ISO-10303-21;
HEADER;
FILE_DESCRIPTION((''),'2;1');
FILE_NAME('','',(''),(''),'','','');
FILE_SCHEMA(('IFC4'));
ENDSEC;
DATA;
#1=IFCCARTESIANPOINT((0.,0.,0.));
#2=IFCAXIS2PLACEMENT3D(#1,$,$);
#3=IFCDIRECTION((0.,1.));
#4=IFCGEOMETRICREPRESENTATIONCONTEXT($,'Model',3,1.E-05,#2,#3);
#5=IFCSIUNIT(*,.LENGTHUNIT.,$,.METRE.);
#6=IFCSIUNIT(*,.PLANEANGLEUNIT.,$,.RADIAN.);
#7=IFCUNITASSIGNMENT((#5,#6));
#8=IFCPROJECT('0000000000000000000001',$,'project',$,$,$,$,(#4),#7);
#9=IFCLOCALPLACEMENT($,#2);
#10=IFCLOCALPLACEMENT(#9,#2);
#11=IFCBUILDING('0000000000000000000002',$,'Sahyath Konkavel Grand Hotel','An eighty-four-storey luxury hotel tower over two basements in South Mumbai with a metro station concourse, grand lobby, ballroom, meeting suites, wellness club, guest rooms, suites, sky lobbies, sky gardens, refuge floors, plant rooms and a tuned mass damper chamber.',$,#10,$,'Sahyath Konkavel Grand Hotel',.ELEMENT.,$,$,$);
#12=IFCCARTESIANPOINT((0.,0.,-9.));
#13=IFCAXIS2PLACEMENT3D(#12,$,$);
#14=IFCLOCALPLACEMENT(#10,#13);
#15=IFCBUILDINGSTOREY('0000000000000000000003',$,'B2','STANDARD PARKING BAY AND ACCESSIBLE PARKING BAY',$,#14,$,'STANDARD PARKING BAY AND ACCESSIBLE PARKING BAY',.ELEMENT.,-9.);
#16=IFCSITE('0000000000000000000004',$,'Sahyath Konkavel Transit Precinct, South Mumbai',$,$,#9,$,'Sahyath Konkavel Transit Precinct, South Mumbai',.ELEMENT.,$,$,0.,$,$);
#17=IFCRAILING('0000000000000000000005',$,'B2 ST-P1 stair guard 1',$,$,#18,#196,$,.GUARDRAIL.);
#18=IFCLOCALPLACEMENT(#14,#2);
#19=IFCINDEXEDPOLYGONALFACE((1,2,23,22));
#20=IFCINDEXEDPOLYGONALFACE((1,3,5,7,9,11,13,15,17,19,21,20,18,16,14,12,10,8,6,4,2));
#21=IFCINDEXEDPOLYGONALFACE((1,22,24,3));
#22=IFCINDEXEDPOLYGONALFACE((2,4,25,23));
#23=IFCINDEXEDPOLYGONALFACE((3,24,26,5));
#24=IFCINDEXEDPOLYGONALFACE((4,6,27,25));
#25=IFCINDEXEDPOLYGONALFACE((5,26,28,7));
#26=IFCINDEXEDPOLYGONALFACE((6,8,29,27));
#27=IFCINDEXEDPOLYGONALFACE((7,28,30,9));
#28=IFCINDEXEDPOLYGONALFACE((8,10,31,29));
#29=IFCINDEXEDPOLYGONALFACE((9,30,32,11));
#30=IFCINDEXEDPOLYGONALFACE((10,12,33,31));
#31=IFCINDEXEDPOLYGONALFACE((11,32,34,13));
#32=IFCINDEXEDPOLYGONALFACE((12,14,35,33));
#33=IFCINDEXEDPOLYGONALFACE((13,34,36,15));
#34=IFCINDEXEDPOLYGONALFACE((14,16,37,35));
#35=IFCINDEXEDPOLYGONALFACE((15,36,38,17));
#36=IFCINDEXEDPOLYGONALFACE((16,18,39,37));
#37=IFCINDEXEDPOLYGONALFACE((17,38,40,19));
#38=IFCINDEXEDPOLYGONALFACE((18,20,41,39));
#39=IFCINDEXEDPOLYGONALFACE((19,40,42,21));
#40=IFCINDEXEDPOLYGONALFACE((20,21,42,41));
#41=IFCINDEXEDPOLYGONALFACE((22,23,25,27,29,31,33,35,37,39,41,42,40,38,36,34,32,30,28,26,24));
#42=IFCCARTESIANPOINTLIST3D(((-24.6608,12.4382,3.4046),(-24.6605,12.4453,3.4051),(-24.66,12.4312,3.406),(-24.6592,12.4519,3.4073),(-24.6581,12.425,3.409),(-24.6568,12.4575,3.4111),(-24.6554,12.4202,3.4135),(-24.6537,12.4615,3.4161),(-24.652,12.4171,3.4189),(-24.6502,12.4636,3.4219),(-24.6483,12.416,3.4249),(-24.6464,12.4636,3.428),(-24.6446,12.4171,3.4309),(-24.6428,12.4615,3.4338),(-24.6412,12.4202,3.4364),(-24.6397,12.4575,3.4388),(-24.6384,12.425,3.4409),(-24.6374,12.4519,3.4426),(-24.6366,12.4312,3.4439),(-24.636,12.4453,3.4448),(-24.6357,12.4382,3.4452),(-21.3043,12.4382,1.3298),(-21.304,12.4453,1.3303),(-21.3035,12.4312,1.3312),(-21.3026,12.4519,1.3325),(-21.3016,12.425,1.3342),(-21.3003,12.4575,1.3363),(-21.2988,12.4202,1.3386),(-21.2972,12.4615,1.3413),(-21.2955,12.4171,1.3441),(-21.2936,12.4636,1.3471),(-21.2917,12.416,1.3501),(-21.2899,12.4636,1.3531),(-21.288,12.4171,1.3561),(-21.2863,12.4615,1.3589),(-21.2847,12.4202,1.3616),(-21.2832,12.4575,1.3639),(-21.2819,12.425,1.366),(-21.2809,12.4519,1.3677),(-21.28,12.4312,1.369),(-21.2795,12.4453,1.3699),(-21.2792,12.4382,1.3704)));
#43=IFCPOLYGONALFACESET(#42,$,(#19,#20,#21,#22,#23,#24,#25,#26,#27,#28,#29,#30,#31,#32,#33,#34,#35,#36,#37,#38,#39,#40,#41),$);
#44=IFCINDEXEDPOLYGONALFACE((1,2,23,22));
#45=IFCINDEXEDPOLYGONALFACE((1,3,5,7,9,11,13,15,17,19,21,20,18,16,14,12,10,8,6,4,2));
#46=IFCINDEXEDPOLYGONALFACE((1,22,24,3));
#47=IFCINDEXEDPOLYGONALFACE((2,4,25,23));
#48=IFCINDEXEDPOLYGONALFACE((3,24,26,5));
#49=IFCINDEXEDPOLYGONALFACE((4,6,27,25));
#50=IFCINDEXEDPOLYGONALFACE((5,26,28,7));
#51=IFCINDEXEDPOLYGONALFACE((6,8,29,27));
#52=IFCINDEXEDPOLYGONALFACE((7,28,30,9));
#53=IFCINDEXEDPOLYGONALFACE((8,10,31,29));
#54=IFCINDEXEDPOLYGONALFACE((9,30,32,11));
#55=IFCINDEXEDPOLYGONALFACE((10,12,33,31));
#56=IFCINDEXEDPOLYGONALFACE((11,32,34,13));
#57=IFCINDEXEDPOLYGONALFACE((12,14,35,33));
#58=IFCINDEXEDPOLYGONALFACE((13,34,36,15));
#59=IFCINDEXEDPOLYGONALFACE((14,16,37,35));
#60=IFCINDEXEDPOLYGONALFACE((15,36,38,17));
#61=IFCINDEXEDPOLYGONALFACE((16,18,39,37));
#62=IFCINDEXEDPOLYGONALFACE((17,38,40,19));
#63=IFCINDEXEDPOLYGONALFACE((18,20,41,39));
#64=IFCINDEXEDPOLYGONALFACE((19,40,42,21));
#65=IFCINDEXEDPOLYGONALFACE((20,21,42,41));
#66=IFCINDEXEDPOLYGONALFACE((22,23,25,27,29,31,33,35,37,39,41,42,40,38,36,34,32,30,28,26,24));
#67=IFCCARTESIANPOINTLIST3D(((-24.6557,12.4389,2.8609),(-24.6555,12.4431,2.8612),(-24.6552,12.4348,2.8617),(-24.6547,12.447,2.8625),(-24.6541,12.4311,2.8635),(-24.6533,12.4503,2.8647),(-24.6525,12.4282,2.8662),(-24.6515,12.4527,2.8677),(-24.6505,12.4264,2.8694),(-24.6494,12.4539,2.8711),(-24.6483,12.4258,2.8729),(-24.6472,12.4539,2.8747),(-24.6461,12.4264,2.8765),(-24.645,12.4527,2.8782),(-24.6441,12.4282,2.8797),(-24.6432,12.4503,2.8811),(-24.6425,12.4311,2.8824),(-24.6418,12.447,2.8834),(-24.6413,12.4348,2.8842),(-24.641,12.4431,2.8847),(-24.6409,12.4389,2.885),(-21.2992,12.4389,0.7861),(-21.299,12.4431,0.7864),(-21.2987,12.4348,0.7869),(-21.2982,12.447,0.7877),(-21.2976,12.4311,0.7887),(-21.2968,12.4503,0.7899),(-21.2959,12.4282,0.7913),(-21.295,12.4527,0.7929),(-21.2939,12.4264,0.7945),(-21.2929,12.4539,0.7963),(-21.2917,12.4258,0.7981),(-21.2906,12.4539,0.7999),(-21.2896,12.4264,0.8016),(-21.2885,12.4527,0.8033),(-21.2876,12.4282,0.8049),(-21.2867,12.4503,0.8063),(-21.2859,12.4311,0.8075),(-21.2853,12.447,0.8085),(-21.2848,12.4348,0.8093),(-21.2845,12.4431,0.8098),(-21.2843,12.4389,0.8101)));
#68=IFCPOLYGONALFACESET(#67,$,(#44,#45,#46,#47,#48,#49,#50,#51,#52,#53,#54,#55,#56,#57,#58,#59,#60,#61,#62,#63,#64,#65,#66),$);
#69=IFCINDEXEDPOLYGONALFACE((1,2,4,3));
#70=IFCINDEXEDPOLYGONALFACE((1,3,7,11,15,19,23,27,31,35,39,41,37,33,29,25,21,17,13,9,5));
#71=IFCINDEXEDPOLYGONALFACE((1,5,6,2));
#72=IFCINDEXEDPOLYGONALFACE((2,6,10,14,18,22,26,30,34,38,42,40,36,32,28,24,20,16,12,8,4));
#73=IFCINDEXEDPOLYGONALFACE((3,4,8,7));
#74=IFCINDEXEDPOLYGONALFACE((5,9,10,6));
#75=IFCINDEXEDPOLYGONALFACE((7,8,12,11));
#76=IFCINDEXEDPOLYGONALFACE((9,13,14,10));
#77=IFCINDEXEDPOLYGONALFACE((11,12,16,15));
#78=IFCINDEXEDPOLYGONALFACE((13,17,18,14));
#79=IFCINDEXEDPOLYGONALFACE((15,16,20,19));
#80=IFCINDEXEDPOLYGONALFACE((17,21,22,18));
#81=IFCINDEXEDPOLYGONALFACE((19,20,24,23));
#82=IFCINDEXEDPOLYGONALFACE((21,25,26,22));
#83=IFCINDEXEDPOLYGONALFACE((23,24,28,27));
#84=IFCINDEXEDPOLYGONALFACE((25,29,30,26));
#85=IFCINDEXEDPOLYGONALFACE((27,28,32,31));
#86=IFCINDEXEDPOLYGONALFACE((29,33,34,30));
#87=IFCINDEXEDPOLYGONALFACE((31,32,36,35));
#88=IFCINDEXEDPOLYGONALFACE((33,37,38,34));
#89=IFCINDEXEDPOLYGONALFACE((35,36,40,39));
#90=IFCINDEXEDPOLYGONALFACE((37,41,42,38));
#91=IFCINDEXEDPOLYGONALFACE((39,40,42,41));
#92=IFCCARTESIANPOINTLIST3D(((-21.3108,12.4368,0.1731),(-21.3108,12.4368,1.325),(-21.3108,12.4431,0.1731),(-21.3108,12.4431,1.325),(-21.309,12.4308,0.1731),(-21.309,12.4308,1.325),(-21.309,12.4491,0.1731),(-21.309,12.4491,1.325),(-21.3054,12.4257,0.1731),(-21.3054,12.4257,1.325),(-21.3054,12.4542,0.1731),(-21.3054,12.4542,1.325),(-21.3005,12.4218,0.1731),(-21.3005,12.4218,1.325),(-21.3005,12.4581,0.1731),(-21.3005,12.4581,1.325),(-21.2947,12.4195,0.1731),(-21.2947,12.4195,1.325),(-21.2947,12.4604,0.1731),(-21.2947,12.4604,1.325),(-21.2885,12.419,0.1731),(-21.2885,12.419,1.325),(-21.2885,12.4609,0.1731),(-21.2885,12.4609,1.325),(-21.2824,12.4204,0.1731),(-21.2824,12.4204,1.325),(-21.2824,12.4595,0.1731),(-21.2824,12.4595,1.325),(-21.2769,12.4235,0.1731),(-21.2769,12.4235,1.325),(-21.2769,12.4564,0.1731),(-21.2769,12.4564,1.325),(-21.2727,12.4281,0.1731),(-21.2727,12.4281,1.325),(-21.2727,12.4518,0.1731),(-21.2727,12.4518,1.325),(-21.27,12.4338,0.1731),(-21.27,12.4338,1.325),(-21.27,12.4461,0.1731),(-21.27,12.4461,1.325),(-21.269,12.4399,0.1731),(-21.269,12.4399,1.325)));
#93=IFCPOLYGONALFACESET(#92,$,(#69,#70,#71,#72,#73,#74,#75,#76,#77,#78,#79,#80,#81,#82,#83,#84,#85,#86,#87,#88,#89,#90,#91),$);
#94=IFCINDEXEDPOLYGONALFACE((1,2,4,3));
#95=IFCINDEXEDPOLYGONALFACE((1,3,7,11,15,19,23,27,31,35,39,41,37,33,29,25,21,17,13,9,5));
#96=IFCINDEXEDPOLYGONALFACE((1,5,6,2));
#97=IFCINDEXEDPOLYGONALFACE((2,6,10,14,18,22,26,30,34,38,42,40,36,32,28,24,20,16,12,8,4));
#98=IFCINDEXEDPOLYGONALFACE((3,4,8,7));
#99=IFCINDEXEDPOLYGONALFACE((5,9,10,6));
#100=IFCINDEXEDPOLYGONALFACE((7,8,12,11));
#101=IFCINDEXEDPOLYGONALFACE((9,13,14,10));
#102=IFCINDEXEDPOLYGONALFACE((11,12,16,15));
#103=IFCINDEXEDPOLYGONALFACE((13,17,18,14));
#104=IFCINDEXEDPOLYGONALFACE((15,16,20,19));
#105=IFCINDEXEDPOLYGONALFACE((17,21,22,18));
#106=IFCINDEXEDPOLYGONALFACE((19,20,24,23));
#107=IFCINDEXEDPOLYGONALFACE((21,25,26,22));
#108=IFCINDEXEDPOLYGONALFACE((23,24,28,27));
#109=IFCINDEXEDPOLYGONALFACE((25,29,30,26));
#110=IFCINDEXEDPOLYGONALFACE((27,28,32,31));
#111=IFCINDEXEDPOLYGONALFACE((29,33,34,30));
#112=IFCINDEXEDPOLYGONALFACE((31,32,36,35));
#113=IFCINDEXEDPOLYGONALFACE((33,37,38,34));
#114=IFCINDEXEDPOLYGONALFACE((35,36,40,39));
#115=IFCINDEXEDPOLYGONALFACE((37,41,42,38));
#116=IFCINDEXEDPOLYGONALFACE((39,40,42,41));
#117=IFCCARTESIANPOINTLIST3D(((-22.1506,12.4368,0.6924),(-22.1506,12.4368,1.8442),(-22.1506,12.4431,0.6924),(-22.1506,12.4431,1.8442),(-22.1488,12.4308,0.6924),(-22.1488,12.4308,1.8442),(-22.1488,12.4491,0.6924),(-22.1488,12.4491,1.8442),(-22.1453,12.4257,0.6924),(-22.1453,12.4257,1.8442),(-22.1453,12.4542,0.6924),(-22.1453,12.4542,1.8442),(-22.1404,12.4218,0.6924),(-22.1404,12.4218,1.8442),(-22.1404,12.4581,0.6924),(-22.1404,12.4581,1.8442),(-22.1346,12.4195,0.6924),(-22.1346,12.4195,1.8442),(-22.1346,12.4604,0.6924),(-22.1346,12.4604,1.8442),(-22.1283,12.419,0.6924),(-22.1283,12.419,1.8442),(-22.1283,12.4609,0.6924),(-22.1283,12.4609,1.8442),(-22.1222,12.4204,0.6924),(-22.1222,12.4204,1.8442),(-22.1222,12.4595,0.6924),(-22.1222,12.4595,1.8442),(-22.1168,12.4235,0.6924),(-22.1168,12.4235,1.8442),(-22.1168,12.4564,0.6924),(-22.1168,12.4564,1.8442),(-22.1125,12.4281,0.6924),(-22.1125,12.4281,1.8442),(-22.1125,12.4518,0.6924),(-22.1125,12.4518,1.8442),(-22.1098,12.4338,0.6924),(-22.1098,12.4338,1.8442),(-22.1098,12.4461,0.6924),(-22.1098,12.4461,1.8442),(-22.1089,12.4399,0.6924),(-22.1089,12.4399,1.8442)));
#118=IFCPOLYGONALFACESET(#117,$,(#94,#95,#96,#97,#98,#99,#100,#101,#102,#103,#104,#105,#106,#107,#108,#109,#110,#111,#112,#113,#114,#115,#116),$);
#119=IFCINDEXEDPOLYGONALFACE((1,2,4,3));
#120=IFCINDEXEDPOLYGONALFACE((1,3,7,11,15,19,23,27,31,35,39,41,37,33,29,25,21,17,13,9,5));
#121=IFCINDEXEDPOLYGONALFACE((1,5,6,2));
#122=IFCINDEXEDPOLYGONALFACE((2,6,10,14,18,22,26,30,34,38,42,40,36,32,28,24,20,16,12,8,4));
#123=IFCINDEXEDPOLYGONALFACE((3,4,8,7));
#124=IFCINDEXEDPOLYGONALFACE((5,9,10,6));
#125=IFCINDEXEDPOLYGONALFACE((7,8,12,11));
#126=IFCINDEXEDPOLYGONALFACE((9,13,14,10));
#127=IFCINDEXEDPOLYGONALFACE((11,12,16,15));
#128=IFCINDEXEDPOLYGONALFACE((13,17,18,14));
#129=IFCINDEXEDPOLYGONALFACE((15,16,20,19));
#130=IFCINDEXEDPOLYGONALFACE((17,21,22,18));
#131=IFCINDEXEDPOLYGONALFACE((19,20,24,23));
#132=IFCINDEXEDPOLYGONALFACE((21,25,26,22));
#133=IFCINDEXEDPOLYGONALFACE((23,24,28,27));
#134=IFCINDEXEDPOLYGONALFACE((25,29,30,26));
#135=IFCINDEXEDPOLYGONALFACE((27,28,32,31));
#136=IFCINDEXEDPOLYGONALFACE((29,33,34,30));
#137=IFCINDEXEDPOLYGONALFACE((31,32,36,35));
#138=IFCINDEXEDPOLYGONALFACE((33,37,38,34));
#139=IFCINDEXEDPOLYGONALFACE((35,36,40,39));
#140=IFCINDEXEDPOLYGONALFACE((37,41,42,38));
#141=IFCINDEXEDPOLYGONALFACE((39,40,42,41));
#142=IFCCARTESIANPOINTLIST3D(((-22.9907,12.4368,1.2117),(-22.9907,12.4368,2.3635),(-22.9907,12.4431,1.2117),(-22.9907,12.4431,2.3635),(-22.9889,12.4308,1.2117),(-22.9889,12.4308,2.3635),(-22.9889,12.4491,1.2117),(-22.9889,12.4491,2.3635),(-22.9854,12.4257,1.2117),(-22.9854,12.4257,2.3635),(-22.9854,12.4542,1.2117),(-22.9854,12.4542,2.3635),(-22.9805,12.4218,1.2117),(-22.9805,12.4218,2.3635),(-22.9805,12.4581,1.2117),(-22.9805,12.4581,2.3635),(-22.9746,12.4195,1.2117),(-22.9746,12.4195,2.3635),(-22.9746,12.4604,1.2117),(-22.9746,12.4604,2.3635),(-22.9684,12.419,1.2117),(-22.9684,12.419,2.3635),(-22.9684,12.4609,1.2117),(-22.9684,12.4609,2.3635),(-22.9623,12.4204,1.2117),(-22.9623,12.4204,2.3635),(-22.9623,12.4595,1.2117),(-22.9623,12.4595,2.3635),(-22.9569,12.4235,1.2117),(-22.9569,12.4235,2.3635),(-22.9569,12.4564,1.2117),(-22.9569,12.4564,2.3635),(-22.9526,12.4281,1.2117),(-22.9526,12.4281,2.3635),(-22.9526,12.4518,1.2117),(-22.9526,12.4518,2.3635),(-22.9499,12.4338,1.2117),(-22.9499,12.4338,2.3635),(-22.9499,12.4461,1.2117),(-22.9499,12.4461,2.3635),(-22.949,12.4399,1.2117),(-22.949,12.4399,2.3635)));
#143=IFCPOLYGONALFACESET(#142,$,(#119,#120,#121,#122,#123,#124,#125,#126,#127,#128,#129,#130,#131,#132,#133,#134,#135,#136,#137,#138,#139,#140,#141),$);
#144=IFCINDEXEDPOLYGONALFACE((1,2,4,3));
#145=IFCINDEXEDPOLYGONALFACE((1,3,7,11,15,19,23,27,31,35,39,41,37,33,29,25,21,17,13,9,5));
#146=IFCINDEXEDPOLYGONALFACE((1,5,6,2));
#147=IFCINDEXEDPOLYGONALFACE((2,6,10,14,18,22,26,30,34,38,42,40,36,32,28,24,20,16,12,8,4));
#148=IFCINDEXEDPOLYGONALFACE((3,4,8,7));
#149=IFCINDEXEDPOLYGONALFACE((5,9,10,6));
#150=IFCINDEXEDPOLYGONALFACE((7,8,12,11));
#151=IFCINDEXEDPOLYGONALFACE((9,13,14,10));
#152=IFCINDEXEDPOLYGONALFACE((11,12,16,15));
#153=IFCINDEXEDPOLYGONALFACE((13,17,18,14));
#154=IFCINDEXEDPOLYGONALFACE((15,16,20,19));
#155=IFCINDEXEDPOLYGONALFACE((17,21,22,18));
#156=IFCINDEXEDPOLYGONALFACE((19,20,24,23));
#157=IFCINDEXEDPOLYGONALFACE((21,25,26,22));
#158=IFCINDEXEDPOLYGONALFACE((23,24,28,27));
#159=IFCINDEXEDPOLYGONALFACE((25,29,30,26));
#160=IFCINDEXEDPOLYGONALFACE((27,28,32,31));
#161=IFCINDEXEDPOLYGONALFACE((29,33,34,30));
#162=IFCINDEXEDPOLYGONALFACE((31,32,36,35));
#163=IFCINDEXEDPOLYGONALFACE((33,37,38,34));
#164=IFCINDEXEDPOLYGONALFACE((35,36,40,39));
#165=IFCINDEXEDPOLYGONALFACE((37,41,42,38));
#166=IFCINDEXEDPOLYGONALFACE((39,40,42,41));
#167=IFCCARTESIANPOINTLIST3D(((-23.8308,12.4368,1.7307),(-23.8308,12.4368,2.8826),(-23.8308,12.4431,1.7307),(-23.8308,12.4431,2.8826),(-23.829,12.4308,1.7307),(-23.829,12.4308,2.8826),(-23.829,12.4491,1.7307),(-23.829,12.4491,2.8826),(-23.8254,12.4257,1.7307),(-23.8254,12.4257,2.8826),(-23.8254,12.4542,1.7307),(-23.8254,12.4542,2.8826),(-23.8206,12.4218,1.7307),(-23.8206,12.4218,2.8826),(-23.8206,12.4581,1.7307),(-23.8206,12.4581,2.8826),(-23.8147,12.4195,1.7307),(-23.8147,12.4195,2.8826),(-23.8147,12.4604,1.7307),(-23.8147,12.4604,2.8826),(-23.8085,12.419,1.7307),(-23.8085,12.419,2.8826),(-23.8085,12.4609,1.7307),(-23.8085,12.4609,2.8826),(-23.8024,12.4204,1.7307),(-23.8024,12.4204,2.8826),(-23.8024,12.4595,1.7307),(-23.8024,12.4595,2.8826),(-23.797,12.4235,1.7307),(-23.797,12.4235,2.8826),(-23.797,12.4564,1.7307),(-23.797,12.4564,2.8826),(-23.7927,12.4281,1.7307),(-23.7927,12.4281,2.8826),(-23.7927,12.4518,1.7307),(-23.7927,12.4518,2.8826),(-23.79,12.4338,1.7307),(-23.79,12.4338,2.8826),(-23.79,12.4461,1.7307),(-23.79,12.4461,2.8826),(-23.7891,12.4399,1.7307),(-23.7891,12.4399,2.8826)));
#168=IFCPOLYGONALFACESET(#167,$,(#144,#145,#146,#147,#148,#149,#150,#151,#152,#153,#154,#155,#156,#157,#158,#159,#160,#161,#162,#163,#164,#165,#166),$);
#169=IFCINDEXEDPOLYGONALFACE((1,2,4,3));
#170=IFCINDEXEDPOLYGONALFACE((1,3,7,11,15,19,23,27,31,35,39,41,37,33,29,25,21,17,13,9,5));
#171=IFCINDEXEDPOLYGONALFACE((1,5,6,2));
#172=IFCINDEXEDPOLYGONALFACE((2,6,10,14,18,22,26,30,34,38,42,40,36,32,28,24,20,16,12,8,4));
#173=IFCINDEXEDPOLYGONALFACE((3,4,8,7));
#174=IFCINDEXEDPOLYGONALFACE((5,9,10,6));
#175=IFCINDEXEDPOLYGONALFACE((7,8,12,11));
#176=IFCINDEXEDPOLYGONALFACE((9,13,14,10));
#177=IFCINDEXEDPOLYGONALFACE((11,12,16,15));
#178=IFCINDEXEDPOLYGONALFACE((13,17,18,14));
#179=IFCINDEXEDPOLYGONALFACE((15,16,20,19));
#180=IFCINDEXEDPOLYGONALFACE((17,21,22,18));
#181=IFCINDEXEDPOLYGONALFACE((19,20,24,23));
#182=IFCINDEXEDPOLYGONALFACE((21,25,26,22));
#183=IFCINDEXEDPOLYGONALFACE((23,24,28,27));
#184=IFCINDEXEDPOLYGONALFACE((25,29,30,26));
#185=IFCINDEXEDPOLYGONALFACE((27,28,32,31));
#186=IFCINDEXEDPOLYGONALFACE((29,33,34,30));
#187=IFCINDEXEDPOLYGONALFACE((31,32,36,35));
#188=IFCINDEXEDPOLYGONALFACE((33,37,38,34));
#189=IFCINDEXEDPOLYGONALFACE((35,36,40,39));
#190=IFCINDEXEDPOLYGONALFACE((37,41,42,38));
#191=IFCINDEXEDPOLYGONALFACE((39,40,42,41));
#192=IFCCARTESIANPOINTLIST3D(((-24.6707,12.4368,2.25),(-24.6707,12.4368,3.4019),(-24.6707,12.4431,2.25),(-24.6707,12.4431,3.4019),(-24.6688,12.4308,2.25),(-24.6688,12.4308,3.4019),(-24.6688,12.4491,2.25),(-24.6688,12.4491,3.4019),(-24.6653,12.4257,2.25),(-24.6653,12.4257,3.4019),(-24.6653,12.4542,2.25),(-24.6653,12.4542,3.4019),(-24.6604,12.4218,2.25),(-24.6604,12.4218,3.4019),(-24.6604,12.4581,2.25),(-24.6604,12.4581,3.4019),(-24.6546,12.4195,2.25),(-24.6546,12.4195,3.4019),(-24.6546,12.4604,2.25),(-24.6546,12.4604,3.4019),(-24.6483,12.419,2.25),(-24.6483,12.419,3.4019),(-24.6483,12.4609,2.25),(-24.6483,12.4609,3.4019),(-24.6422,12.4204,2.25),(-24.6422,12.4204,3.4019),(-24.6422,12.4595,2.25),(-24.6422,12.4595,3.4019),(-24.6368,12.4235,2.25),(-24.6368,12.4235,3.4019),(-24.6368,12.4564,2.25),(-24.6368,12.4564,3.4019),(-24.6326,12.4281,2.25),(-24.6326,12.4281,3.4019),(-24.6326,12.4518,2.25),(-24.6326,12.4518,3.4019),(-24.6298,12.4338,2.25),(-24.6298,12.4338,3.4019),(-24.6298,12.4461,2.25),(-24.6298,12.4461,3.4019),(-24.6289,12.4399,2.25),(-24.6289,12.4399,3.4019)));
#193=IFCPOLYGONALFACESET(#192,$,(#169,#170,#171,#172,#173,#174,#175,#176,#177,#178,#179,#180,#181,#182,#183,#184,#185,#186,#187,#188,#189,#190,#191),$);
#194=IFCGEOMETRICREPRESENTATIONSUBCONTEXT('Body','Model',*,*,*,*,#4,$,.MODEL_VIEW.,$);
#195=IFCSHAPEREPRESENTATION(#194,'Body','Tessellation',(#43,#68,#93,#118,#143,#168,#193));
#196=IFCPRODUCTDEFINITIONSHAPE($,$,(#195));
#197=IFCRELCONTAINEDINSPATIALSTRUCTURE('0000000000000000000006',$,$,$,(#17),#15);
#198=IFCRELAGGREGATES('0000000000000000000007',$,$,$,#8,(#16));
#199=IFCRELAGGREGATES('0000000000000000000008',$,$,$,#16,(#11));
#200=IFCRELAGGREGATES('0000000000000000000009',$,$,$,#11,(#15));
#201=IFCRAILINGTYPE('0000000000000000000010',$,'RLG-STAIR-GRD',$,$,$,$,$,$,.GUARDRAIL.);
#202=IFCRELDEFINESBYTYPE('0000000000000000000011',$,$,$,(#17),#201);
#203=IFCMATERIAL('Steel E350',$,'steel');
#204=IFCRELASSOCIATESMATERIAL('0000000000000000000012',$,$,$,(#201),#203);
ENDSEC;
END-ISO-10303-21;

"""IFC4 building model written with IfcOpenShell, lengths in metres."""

from ifc_helpers import new_model, si_unit, direction, frame, origin, origin_2d, place, context, subcontext, project, spatial, circle, extrude, material, type_object, element, save


model = new_model("IFC4")

# Units and contexts
model_context = context("Model", 3, precision=1e-05, world=origin(), true_north=direction((0.0, 1.0)))
body_context = subcontext(model_context, "Body", "Model", "MODEL_VIEW")
ifc_project = project(units=[si_unit("LENGTHUNIT", "METRE"), si_unit("PLANEANGLEUNIT", "RADIAN")], contexts=[model_context])

# Site, building, storey
site_placement = place(None, origin())
site = spatial("IfcSite", under=ifc_project, at=site_placement, Name="Sahyath Konkavel Transit Precinct, South Mumbai", LongName="Sahyath Konkavel Transit Precinct, South Mumbai", CompositionType="ELEMENT", RefElevation=0.0)
building_placement = place(site_placement, origin())
building = spatial("IfcBuilding", under=site, at=building_placement, Name="Sahyath Konkavel Grand Hotel", Description="An eighty-four-storey luxury hotel tower over two basements in South Mumbai with a metro station concourse, grand lobby, ballroom, meeting suites, wellness club, guest rooms, suites, sky lobbies, sky gardens, refuge floors, plant rooms and a tuned mass damper chamber.", LongName="Sahyath Konkavel Grand Hotel", CompositionType="ELEMENT")
storey_placement = place(building_placement, frame((0.0, 0.0, -9.0)))
storey = spatial("IfcBuildingStorey", under=building, at=storey_placement, Name="B2", Description="STANDARD PARKING BAY AND ACCESSIBLE PARKING BAY", LongName="STANDARD PARKING BAY AND ACCESSIBLE PARKING BAY", CompositionType="ELEMENT", Elevation=-9.0)

# Shared definitions
ifc_material_1 = material(Name="Steel E350", Category="steel")

# Railing
railing_type_1 = type_object("IfcRailingType", Name="RLG-STAIR-GRD", PredefinedType="GUARDRAIL", material=ifc_material_1)
railing_1_placement = place(storey_placement, frame((-21.29, 12.4399, 0.1731)))
element("IfcRailing", 1, at=railing_1_placement, inside=storey, type_object=railing_type_1, Name="B2 ST-P1 stair guard 1", PredefinedType="GUARDRAIL", context=body_context, shape_type="SweptSolid", body=[
    extrude(circle(Radius=0.0239, at=origin_2d()), frame((-0.0017, 0.0, 1.177), z_axis=(-0.850606, 0.0, 0.525803), x_axis=(0.0, -1.0, 0.0)), (0.0, 0.0, 1.0), 3.946),
    extrude(circle(Radius=0.0142, at=origin_2d()), frame((-0.0017, 0.0, 0.625), z_axis=(-0.850606, 0.0, 0.525803), x_axis=(0.0, -1.0, 0.0)), (0.0, 0.0, 1.0), 3.946),
    extrude(circle(Radius=0.021, at=origin_2d()), origin(), (0.0, 0.0, 1.0), 1.1519),
    extrude(circle(Radius=0.021, at=origin_2d()), frame((-0.8398, 0.0, 0.5193)), (0.0, 0.0, 1.0), 1.1519),
    extrude(circle(Radius=0.021, at=origin_2d()), frame((-1.6799, 0.0, 1.0386)), (0.0, 0.0, 1.0), 1.1519),
    extrude(circle(Radius=0.021, at=origin_2d()), frame((-2.52, 0.0, 1.5576)), (0.0, 0.0, 1.0), 1.1519),
    extrude(circle(Radius=0.021, at=origin_2d()), frame((-3.3599, 0.0, 2.0769)), (0.0, 0.0, 1.0), 1.1519),
])

save(model, "model.ifc")
